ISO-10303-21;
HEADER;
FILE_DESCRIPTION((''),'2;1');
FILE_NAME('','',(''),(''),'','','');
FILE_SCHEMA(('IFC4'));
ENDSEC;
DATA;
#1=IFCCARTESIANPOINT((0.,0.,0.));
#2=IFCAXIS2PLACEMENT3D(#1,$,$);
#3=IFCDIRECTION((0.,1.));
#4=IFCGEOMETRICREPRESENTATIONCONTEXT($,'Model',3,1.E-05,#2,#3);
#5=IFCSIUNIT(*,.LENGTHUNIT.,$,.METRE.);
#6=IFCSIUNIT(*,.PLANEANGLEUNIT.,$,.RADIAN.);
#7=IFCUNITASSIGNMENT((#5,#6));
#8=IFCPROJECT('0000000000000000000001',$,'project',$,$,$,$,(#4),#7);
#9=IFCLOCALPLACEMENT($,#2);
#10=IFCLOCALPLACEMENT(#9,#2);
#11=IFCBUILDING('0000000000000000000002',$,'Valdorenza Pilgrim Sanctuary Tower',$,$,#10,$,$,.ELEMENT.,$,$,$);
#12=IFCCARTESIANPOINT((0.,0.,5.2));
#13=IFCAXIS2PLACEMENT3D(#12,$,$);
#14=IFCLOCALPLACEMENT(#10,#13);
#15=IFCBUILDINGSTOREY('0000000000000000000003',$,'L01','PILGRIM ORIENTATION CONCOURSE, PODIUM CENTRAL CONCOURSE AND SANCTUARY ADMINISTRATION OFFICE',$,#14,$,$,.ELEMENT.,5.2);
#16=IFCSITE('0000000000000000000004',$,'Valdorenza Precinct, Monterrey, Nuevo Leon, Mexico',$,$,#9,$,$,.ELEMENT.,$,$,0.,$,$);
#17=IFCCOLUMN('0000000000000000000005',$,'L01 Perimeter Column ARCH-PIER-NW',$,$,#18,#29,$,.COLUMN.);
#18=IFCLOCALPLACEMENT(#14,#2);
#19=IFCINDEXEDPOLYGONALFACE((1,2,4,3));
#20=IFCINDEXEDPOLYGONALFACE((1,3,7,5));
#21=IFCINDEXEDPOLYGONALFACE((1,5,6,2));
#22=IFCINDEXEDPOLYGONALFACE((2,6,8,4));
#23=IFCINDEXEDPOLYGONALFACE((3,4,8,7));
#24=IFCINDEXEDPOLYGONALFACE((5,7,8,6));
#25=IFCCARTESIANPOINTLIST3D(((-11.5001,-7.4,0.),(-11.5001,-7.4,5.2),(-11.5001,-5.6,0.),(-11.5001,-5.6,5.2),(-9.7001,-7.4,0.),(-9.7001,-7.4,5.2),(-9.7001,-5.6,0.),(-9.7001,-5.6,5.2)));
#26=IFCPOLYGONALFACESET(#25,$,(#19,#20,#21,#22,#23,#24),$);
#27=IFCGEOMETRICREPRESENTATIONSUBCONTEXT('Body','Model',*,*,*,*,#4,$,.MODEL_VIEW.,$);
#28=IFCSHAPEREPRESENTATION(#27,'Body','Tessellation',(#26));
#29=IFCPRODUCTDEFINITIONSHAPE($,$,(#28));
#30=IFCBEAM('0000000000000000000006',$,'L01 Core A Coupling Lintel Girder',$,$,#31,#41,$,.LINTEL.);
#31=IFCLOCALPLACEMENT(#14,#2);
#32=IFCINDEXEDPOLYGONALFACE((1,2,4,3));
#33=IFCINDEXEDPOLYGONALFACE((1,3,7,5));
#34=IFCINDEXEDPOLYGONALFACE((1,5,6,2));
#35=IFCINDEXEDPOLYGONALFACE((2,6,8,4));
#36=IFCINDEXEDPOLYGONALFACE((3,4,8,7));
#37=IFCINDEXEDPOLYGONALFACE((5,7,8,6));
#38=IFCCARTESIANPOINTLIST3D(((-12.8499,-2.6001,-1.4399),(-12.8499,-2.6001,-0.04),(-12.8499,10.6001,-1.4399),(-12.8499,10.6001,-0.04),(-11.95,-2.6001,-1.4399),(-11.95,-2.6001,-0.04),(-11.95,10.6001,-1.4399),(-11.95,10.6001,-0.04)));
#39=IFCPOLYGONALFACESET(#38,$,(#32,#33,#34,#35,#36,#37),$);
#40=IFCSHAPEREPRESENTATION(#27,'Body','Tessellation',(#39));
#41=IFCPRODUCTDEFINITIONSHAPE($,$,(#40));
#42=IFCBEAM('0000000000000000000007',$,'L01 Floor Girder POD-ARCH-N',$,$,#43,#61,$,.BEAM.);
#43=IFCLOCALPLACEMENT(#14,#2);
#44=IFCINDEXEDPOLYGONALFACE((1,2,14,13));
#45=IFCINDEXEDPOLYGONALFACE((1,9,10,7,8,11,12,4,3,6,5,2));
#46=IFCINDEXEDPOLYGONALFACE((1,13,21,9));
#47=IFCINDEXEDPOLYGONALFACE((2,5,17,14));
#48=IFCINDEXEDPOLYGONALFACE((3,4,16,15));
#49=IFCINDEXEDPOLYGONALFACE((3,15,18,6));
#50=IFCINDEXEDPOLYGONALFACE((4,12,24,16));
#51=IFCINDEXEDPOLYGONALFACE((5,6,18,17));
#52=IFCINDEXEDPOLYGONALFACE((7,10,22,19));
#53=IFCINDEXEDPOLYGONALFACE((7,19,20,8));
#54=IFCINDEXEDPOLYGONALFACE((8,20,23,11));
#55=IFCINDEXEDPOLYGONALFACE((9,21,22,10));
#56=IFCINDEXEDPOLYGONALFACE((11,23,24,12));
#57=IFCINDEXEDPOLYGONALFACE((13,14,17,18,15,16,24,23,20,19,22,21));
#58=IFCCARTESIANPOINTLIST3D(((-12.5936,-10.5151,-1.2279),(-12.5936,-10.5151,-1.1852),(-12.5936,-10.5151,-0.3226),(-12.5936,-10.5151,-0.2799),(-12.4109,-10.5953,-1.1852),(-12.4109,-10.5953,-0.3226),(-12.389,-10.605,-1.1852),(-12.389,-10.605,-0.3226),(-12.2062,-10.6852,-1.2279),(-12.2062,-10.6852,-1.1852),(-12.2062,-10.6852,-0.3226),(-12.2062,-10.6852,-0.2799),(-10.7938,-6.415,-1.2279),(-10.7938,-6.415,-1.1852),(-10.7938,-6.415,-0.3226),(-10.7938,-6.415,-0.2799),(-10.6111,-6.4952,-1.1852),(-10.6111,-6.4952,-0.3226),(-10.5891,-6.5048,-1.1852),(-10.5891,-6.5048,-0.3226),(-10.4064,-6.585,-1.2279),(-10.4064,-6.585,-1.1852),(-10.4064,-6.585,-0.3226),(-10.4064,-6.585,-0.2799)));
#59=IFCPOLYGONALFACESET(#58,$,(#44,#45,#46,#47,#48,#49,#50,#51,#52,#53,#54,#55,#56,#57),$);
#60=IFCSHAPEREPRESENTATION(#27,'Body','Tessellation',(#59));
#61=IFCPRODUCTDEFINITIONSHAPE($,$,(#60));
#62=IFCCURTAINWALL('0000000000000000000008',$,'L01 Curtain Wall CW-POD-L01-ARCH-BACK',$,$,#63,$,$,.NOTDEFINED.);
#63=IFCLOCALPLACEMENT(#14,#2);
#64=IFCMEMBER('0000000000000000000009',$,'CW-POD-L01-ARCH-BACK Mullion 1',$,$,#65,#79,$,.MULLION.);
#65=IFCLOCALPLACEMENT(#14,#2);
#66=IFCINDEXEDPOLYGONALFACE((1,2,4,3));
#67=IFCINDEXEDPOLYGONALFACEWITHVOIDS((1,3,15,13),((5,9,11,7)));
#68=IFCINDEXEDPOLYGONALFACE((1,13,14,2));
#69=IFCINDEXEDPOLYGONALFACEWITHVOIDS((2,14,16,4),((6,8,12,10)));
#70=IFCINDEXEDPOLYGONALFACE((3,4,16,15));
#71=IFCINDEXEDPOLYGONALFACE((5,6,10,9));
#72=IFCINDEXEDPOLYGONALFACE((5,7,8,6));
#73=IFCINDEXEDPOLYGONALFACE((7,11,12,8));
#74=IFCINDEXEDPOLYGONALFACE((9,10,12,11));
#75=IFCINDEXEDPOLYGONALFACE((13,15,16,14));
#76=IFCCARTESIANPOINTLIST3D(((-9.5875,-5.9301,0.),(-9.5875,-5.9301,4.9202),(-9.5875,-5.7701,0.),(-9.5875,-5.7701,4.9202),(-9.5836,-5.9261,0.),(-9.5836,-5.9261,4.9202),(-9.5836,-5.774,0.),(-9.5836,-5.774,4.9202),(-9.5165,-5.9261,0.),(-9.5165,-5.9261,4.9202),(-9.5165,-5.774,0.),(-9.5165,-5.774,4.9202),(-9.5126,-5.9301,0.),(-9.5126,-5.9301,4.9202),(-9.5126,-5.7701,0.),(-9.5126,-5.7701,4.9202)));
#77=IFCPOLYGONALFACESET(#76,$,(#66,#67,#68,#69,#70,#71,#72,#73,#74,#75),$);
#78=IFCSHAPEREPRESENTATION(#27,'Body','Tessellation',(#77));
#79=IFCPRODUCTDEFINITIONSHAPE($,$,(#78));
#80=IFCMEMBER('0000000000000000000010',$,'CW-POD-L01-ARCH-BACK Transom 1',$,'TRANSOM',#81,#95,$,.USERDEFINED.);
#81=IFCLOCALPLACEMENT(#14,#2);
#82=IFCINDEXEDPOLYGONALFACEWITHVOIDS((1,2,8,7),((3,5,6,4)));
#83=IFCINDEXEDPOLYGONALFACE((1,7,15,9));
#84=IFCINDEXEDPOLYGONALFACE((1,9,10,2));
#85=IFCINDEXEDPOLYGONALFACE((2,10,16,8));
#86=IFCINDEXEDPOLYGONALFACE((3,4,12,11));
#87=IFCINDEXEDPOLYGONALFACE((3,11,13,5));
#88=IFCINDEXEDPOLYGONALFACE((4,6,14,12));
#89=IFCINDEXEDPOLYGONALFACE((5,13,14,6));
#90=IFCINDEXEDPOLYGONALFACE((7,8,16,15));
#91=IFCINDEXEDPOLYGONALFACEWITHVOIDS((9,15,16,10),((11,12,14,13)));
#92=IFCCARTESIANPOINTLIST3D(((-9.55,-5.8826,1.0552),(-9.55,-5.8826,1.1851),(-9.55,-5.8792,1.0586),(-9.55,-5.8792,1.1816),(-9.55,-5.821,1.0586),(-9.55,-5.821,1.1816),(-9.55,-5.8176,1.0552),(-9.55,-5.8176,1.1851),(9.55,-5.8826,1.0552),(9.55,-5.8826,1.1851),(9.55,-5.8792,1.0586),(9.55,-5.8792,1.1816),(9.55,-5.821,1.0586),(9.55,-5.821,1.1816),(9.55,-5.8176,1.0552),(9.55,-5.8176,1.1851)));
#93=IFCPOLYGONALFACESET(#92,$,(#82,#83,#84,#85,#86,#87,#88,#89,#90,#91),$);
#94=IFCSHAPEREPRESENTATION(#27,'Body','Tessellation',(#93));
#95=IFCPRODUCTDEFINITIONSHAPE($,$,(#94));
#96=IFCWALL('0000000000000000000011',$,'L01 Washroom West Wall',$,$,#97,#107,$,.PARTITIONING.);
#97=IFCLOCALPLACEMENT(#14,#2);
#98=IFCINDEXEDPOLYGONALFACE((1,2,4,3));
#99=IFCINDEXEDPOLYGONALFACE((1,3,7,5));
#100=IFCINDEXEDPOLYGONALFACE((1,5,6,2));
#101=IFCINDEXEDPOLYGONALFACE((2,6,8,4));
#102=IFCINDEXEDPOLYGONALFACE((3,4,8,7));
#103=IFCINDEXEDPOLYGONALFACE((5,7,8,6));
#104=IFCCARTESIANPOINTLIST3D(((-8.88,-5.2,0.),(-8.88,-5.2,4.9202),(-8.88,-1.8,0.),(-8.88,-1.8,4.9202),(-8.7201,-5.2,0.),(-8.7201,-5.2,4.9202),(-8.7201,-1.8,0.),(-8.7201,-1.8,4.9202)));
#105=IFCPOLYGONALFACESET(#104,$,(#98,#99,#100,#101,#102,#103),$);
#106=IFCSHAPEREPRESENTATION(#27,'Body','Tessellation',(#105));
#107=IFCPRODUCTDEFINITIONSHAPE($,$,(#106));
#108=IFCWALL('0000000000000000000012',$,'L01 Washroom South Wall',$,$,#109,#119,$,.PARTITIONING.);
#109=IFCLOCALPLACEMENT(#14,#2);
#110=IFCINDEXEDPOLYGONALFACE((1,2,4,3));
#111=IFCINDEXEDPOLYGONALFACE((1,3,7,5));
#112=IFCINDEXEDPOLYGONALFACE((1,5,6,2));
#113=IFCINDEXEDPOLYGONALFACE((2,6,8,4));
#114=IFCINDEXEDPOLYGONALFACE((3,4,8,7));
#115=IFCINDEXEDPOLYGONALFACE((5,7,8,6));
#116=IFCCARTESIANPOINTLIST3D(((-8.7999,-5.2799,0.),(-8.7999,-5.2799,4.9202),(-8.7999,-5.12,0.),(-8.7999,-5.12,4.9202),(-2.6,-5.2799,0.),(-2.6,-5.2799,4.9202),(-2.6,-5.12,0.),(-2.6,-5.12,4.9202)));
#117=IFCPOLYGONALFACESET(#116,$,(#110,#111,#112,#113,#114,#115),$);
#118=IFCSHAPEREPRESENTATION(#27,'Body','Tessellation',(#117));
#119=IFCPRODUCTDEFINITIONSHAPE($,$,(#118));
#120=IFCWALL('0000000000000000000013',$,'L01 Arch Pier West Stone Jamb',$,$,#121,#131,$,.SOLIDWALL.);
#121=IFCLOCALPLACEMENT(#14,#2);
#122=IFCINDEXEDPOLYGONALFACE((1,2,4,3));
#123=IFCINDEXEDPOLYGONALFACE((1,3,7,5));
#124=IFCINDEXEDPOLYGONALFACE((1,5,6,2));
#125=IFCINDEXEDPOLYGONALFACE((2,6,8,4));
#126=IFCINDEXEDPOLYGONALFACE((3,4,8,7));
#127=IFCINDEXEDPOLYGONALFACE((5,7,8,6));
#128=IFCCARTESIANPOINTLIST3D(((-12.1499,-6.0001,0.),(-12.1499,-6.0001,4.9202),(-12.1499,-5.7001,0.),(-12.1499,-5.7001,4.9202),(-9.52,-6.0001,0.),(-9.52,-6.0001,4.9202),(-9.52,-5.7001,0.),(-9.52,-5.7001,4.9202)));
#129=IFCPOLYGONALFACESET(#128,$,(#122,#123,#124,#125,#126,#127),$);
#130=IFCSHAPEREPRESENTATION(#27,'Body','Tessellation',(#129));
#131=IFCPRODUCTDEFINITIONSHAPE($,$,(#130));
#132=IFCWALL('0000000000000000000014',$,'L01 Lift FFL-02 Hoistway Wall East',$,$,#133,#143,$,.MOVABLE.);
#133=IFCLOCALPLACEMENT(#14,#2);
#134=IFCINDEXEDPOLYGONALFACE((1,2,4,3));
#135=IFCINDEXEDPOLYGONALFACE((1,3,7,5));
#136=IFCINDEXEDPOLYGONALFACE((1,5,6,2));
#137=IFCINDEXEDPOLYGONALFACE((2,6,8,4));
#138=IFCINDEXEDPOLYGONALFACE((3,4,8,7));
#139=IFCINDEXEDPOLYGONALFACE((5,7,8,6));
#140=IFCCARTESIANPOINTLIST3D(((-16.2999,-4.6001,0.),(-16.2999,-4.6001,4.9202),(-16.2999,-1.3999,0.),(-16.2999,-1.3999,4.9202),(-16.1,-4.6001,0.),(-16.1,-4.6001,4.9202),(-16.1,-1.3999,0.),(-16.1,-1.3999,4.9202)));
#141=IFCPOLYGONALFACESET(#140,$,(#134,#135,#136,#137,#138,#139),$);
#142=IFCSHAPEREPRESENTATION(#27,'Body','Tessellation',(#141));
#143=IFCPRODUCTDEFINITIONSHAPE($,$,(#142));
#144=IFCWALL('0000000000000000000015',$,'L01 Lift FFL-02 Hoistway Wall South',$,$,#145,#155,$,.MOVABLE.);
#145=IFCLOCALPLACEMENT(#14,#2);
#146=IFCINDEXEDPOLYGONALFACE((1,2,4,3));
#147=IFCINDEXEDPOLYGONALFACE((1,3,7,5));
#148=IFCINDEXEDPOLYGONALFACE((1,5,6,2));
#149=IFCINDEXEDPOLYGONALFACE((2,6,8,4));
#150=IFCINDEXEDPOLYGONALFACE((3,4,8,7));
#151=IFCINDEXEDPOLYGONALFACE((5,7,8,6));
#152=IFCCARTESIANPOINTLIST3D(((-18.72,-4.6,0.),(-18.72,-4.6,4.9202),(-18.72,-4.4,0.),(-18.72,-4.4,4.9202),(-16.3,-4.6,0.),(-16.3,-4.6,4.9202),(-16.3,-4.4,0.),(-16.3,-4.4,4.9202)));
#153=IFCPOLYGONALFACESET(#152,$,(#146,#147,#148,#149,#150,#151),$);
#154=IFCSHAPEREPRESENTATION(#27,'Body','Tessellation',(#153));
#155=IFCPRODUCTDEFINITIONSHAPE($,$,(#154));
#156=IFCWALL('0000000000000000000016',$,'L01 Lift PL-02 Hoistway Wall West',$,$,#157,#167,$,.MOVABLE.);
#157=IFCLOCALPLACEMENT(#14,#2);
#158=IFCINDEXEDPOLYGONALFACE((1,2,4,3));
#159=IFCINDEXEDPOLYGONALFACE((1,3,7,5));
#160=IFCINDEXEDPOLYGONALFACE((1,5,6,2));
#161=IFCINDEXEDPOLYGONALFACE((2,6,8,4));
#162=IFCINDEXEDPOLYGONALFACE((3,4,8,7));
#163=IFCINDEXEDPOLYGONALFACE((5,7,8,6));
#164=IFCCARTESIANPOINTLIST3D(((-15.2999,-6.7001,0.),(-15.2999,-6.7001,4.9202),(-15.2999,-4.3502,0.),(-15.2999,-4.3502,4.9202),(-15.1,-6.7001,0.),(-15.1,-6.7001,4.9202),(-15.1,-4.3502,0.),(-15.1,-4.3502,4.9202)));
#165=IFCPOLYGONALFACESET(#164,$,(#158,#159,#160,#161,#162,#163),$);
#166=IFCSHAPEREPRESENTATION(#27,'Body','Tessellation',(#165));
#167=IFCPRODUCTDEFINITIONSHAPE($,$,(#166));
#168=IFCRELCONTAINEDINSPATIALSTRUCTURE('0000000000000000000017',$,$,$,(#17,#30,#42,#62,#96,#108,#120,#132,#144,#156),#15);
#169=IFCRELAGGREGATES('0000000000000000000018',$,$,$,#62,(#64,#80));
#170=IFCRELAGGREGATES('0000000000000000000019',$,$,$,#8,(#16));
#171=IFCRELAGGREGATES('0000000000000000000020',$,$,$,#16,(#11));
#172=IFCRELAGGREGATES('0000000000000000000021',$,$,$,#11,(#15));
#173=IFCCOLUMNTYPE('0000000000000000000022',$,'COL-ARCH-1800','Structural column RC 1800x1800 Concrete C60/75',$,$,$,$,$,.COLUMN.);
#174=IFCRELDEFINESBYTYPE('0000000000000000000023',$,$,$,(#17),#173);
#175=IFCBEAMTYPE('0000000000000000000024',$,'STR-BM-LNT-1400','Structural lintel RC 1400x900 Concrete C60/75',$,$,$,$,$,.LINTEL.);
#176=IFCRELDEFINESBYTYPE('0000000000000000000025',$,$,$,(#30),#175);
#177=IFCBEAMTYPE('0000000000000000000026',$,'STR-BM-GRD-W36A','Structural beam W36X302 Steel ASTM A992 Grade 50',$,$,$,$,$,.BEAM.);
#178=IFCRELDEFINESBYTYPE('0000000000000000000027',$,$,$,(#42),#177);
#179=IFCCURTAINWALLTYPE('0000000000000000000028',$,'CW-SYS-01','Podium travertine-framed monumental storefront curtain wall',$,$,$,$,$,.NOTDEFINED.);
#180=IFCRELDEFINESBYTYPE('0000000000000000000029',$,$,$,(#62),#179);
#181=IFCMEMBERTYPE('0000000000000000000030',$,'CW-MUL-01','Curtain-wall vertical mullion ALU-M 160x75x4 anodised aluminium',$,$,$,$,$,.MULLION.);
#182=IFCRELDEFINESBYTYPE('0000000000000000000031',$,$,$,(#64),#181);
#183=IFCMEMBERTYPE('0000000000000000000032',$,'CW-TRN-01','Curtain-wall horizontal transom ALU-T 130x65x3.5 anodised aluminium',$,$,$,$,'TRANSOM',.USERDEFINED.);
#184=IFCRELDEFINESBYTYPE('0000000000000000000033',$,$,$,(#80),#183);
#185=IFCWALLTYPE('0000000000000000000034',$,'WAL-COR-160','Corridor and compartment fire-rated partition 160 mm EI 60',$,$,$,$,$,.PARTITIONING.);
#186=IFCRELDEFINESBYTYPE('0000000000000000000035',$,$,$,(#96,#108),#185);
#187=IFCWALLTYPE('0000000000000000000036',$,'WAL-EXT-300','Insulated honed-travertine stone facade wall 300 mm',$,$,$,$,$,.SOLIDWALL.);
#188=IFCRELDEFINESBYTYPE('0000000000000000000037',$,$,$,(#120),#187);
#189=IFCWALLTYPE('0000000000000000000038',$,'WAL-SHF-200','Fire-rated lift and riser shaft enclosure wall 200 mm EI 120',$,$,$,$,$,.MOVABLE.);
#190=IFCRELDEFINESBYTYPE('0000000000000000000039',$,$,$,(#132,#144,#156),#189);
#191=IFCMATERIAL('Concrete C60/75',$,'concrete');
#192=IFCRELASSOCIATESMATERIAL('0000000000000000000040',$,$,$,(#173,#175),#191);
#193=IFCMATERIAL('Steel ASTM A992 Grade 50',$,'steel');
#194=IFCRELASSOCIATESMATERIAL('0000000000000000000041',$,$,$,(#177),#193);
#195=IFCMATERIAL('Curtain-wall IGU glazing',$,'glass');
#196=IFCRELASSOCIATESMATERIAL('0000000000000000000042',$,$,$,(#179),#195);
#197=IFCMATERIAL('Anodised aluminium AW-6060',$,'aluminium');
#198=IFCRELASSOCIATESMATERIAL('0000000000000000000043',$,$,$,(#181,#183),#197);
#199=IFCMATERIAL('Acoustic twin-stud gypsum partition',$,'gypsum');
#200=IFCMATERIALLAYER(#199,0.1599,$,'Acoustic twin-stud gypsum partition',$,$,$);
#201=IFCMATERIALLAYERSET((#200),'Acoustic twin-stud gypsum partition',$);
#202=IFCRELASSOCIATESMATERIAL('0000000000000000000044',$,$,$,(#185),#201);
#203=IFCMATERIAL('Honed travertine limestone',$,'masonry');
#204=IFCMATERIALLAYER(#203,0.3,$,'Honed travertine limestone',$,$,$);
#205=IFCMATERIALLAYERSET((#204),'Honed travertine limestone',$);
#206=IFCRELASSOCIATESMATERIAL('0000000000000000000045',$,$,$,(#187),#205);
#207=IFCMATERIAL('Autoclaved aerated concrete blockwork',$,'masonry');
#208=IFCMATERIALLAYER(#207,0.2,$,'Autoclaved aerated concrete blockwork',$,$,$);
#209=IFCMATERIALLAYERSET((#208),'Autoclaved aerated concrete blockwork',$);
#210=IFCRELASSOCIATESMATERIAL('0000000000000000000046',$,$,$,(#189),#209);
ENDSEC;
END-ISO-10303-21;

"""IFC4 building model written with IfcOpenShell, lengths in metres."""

from ifc_helpers import new_model, si_unit, direction, frame, frame_2d, origin, origin_2d, place, context, subcontext, project, spatial, rectangle, hollow_rectangle, i_section, extrude, source, transform, mapped, material, layer, layer_set, material_profile, profile_set, type_object, element, aggregate, save


model = new_model("IFC4")

# Units and contexts
model_context = context("Model", 3, precision=1e-05, world=origin(), true_north=direction((0.0, 1.0)))
body_context = subcontext(model_context, "Body", "Model", "MODEL_VIEW")
ifc_project = project(units=[si_unit("LENGTHUNIT", "METRE"), si_unit("PLANEANGLEUNIT", "RADIAN")], contexts=[model_context])

# Site, building, storey
site_placement = place(None, origin())
site = spatial("IfcSite", under=ifc_project, at=site_placement, Name="Valdorenza Precinct, Monterrey, Nuevo Leon, Mexico", CompositionType="ELEMENT", RefElevation=0.0)
building_placement = place(site_placement, origin())
building = spatial("IfcBuilding", under=site, at=building_placement, Name="Valdorenza Pilgrim Sanctuary Tower", CompositionType="ELEMENT")
storey_placement = place(building_placement, frame((0.0, 0.0, 5.2)))
storey = spatial("IfcBuildingStorey", under=building, at=storey_placement, Name="L01", Description="PILGRIM ORIENTATION CONCOURSE, PODIUM CENTRAL CONCOURSE AND SANCTUARY ADMINISTRATION OFFICE", CompositionType="ELEMENT", Elevation=5.2)

# Column
ifc_material_1 = material(Name="Concrete C60/75", Category="concrete")
ifc_material_profile_1 = material_profile(ifc_material_1, rectangle(XDim=1.8, YDim=1.8, at=origin_2d()), Name="RC 1800x1800")
ifc_profile_set_1 = profile_set([ifc_material_profile_1], Name="Concrete C60/75")
column_type = type_object("IfcColumnType", Name="COL-ARCH-1800", Description="Structural column RC 1800x1800 Concrete C60/75", PredefinedType="COLUMN", material=ifc_profile_set_1)
shared_shape_1 = source(origin(), body_context, "Body", "SweptSolid", [
    extrude(rectangle(XDim=1.8, YDim=1.8, at=origin_2d()), origin(), (0.0, 0.0, 1.0), 5.2),
])
column_placement = place(storey_placement, frame((-10.6001, -6.5, 0.0), z_axis=(0.0, 0.0, 1.0), x_axis=(1.0, 0.0, 0.0)))
element("IfcColumn", 1, at=column_placement, inside=storey, type_object=column_type, Name="L01 Perimeter Column ARCH-PIER-NW", PredefinedType="COLUMN", context=body_context, shape_type="MappedRepresentation", body=[
    mapped(shared_shape_1, transform((0.0, 0.0, 0.0), x_axis=(1.0, 0.0, 0.0), y_axis=(0.0, 1.0, 0.0), z_axis=(0.0, 0.0, 1.0), scale=1.0)),
])

# Beams
ifc_material_profile_2 = material_profile(ifc_material_1, rectangle(XDim=0.8999, YDim=1.3999, at=origin_2d()), Name="RC 1400x900")
ifc_profile_set_2 = profile_set([ifc_material_profile_2], Name="Concrete C60/75")
beam_type_1 = type_object("IfcBeamType", Name="STR-BM-LNT-1400", Description="Structural lintel RC 1400x900 Concrete C60/75", PredefinedType="LINTEL", material=ifc_profile_set_2)
shared_shape_2 = source(origin(), body_context, "Body", "SweptSolid", [
    extrude(rectangle(XDim=0.8999, YDim=1.3999, at=origin_2d()), origin(), (0.0, 0.0, 1.0), 13.2002),
])
beam_1_placement = place(storey_placement, frame((-12.3999, -2.6001, -0.74), z_axis=(0.0, 1.0, 0.0), x_axis=(-1.0, 0.0, 0.0)))
element("IfcBeam", 2, at=beam_1_placement, inside=storey, type_object=beam_type_1, Name="L01 Core A Coupling Lintel Girder", PredefinedType="LINTEL", context=body_context, shape_type="MappedRepresentation", body=[
    mapped(shared_shape_2, transform((0.0, 0.0, 0.0), x_axis=(1.0, 0.0, 0.0), y_axis=(0.0, 1.0, 0.0), z_axis=(0.0, 0.0, 1.0), scale=1.0)),
])
ifc_material_2 = material(Name="Steel ASTM A992 Grade 50", Category="steel")
ifc_material_profile_3 = material_profile(ifc_material_2, i_section(OverallWidth=0.4231, OverallDepth=0.948, WebThickness=0.0239, FlangeThickness=0.0427, at=origin_2d()), Name="W36X302")
ifc_profile_set_3 = profile_set([ifc_material_profile_3], Name="Steel ASTM A992 Grade 50")
beam_type_2 = type_object("IfcBeamType", Name="STR-BM-GRD-W36A", Description="Structural beam W36X302 Steel ASTM A992 Grade 50", PredefinedType="BEAM", material=ifc_profile_set_3)
shared_shape_3 = source(origin(), body_context, "Body", "SweptSolid", [
    extrude(i_section(OverallWidth=0.4231, OverallDepth=0.948, WebThickness=0.0239, FlangeThickness=0.0427, at=origin_2d()), origin(), (0.0, 0.0, 1.0), 4.4778),
])
beam_2_placement = place(storey_placement, frame((-10.6001, -6.5, -0.7539), z_axis=(-0.401945, -0.915664, 0.0), x_axis=(0.915664, -0.401945, 0.0)))
element("IfcBeam", 3, at=beam_2_placement, inside=storey, type_object=beam_type_2, Name="L01 Floor Girder POD-ARCH-N", PredefinedType="BEAM", context=body_context, shape_type="MappedRepresentation", body=[
    mapped(shared_shape_3, transform((0.0, 0.0, 0.0), x_axis=(1.0, 0.0, 0.0), y_axis=(0.0, 1.0, 0.0), z_axis=(0.0, 0.0, 1.0), scale=1.0)),
])

# Curtain wall, members
ifc_material_3 = material(Name="Curtain-wall IGU glazing", Category="glass")
curtain_wall_type = type_object("IfcCurtainWallType", Name="CW-SYS-01", Description="Podium travertine-framed monumental storefront curtain wall", PredefinedType="NOTDEFINED", material=ifc_material_3)
curtain_wall_placement = place(storey_placement, origin())
curtain_wall = element("IfcCurtainWall", 4, at=curtain_wall_placement, inside=storey, type_object=curtain_wall_type, Name="L01 Curtain Wall CW-POD-L01-ARCH-BACK", PredefinedType="NOTDEFINED")
ifc_material_4 = material(Name="Anodised aluminium AW-6060", Category="aluminium")
ifc_material_profile_4 = material_profile(ifc_material_4, hollow_rectangle(XDim=0.075, YDim=0.1599, WallThickness=0.0039, at=origin_2d()), Name="ALU-M 160x75x4")
ifc_profile_set_4 = profile_set([ifc_material_profile_4], Name="Anodised aluminium AW-6060")
member_type_1 = type_object("IfcMemberType", Name="CW-MUL-01", Description="Curtain-wall vertical mullion ALU-M 160x75x4 anodised aluminium", PredefinedType="MULLION", material=ifc_profile_set_4)
shared_shape_4 = source(origin(), body_context, "Body", "SweptSolid", [
    extrude(hollow_rectangle(XDim=0.075, YDim=0.1599, WallThickness=0.0039, at=origin_2d()), origin(), (0.0, 0.0, 1.0), 4.9202),
])
member_1_placement = place(storey_placement, frame((-9.55, -5.8501, 0.0), z_axis=(0.0, 0.0, 1.0), x_axis=(1.0, 0.0, 0.0)))
member_1 = element("IfcMember", 5, at=member_1_placement, type_object=member_type_1, Name="CW-POD-L01-ARCH-BACK Mullion 1", PredefinedType="MULLION", context=body_context, shape_type="MappedRepresentation", body=[
    mapped(shared_shape_4, transform((0.0, 0.0, 0.0), x_axis=(1.0, 0.0, 0.0), y_axis=(0.0, 1.0, 0.0), z_axis=(0.0, 0.0, 1.0), scale=1.0)),
])
ifc_material_profile_5 = material_profile(ifc_material_4, hollow_rectangle(XDim=0.0649, YDim=0.1299, WallThickness=0.0034, at=origin_2d()), Name="ALU-T 130x65x3.5")
ifc_profile_set_5 = profile_set([ifc_material_profile_5], Name="Anodised aluminium AW-6060")
member_type_2 = type_object("IfcMemberType", Name="CW-TRN-01", Description="Curtain-wall horizontal transom ALU-T 130x65x3.5 anodised aluminium", ElementType="TRANSOM", PredefinedType="USERDEFINED", material=ifc_profile_set_5)
shared_shape_5 = source(origin(), body_context, "Body", "SweptSolid", [
    extrude(hollow_rectangle(XDim=0.0649, YDim=0.1299, WallThickness=0.0034, at=origin_2d()), origin(), (0.0, 0.0, 1.0), 19.1001),
])
member_2_placement = place(storey_placement, frame((-9.55, -5.8501, 1.1201), z_axis=(1.0, 0.0, 0.0), x_axis=(0.0, 1.0, 0.0)))
member_2 = element("IfcMember", 6, at=member_2_placement, type_object=member_type_2, Name="CW-POD-L01-ARCH-BACK Transom 1", ObjectType="TRANSOM", PredefinedType="USERDEFINED", context=body_context, shape_type="MappedRepresentation", body=[
    mapped(shared_shape_5, transform((0.0, 0.0, 0.0), x_axis=(1.0, 0.0, 0.0), y_axis=(0.0, 1.0, 0.0), z_axis=(0.0, 0.0, 1.0), scale=1.0)),
])
aggregate(curtain_wall, [member_1, member_2])

# Walls
ifc_material_5 = material(Name="Acoustic twin-stud gypsum partition", Category="gypsum")
ifc_layer_1 = layer(ifc_material_5, 0.1599, Name="Acoustic twin-stud gypsum partition")
ifc_layer_set_1 = layer_set([ifc_layer_1], Name="Acoustic twin-stud gypsum partition")
wall_type_1 = type_object("IfcWallType", Name="WAL-COR-160", Description="Corridor and compartment fire-rated partition 160 mm EI 60", PredefinedType="PARTITIONING", material=ifc_layer_set_1)
wall_1_placement = place(storey_placement, frame((-8.8, -5.2, 0.0), z_axis=(0.0, 0.0, 1.0), x_axis=(0.0, 1.0, 0.0)))
element("IfcWall", 7, at=wall_1_placement, inside=storey, type_object=wall_type_1, Name="L01 Washroom West Wall", PredefinedType="PARTITIONING", context=body_context, shape_type="SweptSolid", body=[
    extrude(rectangle(XDim=3.3999, YDim=0.1599, at=frame_2d((1.7, 0.0))), origin(), (0.0, 0.0, 1.0), 4.9202),
])
wall_2_placement = place(storey_placement, frame((-8.8, -5.2, 0.0), z_axis=(0.0, 0.0, 1.0), x_axis=(1.0, 0.0, 0.0)))
element("IfcWall", 8, at=wall_2_placement, inside=storey, type_object=wall_type_1, Name="L01 Washroom South Wall", PredefinedType="PARTITIONING", context=body_context, shape_type="SweptSolid", body=[
    extrude(rectangle(XDim=6.2, YDim=0.1599, at=frame_2d((3.1001, 0.0))), origin(), (0.0, 0.0, 1.0), 4.9202),
])
ifc_material_6 = material(Name="Honed travertine limestone", Category="masonry")
ifc_layer_2 = layer(ifc_material_6, 0.3, Name="Honed travertine limestone")
ifc_layer_set_2 = layer_set([ifc_layer_2], Name="Honed travertine limestone")
wall_type_2 = type_object("IfcWallType", Name="WAL-EXT-300", Description="Insulated honed-travertine stone facade wall 300 mm", PredefinedType="SOLIDWALL", material=ifc_layer_set_2)
wall_3_placement = place(storey_placement, frame((-12.1499, -5.8501, 0.0), z_axis=(0.0, 0.0, 1.0), x_axis=(1.0, 0.0, 0.0)))
element("IfcWall", 9, at=wall_3_placement, inside=storey, type_object=wall_type_2, Name="L01 Arch Pier West Stone Jamb", PredefinedType="SOLIDWALL", context=body_context, shape_type="SweptSolid", body=[
    extrude(rectangle(XDim=2.6299, YDim=0.3, at=frame_2d((1.3149, 0.0))), origin(), (0.0, 0.0, 1.0), 4.9202),
])
ifc_material_7 = material(Name="Autoclaved aerated concrete blockwork", Category="masonry")
ifc_layer_3 = layer(ifc_material_7, 0.2, Name="Autoclaved aerated concrete blockwork")
ifc_layer_set_3 = layer_set([ifc_layer_3], Name="Autoclaved aerated concrete blockwork")
wall_type_3 = type_object("IfcWallType", Name="WAL-SHF-200", Description="Fire-rated lift and riser shaft enclosure wall 200 mm EI 120", PredefinedType="MOVABLE", material=ifc_layer_set_3)
wall_4_placement = place(storey_placement, frame((-16.2, -4.6001, 0.0), z_axis=(0.0, 0.0, 1.0), x_axis=(0.0, 1.0, 0.0)))
element("IfcWall", 10, at=wall_4_placement, inside=storey, type_object=wall_type_3, Name="L01 Lift FFL-02 Hoistway Wall East", PredefinedType="MOVABLE", context=body_context, shape_type="SweptSolid", body=[
    extrude(rectangle(XDim=3.2002, YDim=0.2, at=frame_2d((1.6001, 0.0))), origin(), (0.0, 0.0, 1.0), 4.9202),
])
wall_5_placement = place(storey_placement, frame((-18.72, -4.5, 0.0), z_axis=(0.0, 0.0, 1.0), x_axis=(1.0, 0.0, 0.0)))
element("IfcWall", 11, at=wall_5_placement, inside=storey, type_object=wall_type_3, Name="L01 Lift FFL-02 Hoistway Wall South", PredefinedType="MOVABLE", context=body_context, shape_type="SweptSolid", body=[
    extrude(rectangle(XDim=2.4199, YDim=0.2, at=frame_2d((1.21, 0.0))), origin(), (0.0, 0.0, 1.0), 4.9202),
])
for number, where, z_axis, x_axis, name in (
    (12, (-15.2, -6.7, 0.0), (0.0, 0.0, 1.0), (0.0, 1.0, 0.0), "L01 Lift PL-02 Hoistway Wall West"),
):
    element("IfcWall", number, at=place(storey_placement, frame(where, z_axis=z_axis, x_axis=x_axis)), inside=storey, type_object=wall_type_3, Name=name, PredefinedType="MOVABLE", context=body_context, shape_type="SweptSolid", body=[
        extrude(rectangle(XDim=2.3499, YDim=0.2, at=frame_2d((1.1748, 0.0))), origin(), (0.0, 0.0, 1.0), 4.9202),
    ])

save(model, "model.ifc")
